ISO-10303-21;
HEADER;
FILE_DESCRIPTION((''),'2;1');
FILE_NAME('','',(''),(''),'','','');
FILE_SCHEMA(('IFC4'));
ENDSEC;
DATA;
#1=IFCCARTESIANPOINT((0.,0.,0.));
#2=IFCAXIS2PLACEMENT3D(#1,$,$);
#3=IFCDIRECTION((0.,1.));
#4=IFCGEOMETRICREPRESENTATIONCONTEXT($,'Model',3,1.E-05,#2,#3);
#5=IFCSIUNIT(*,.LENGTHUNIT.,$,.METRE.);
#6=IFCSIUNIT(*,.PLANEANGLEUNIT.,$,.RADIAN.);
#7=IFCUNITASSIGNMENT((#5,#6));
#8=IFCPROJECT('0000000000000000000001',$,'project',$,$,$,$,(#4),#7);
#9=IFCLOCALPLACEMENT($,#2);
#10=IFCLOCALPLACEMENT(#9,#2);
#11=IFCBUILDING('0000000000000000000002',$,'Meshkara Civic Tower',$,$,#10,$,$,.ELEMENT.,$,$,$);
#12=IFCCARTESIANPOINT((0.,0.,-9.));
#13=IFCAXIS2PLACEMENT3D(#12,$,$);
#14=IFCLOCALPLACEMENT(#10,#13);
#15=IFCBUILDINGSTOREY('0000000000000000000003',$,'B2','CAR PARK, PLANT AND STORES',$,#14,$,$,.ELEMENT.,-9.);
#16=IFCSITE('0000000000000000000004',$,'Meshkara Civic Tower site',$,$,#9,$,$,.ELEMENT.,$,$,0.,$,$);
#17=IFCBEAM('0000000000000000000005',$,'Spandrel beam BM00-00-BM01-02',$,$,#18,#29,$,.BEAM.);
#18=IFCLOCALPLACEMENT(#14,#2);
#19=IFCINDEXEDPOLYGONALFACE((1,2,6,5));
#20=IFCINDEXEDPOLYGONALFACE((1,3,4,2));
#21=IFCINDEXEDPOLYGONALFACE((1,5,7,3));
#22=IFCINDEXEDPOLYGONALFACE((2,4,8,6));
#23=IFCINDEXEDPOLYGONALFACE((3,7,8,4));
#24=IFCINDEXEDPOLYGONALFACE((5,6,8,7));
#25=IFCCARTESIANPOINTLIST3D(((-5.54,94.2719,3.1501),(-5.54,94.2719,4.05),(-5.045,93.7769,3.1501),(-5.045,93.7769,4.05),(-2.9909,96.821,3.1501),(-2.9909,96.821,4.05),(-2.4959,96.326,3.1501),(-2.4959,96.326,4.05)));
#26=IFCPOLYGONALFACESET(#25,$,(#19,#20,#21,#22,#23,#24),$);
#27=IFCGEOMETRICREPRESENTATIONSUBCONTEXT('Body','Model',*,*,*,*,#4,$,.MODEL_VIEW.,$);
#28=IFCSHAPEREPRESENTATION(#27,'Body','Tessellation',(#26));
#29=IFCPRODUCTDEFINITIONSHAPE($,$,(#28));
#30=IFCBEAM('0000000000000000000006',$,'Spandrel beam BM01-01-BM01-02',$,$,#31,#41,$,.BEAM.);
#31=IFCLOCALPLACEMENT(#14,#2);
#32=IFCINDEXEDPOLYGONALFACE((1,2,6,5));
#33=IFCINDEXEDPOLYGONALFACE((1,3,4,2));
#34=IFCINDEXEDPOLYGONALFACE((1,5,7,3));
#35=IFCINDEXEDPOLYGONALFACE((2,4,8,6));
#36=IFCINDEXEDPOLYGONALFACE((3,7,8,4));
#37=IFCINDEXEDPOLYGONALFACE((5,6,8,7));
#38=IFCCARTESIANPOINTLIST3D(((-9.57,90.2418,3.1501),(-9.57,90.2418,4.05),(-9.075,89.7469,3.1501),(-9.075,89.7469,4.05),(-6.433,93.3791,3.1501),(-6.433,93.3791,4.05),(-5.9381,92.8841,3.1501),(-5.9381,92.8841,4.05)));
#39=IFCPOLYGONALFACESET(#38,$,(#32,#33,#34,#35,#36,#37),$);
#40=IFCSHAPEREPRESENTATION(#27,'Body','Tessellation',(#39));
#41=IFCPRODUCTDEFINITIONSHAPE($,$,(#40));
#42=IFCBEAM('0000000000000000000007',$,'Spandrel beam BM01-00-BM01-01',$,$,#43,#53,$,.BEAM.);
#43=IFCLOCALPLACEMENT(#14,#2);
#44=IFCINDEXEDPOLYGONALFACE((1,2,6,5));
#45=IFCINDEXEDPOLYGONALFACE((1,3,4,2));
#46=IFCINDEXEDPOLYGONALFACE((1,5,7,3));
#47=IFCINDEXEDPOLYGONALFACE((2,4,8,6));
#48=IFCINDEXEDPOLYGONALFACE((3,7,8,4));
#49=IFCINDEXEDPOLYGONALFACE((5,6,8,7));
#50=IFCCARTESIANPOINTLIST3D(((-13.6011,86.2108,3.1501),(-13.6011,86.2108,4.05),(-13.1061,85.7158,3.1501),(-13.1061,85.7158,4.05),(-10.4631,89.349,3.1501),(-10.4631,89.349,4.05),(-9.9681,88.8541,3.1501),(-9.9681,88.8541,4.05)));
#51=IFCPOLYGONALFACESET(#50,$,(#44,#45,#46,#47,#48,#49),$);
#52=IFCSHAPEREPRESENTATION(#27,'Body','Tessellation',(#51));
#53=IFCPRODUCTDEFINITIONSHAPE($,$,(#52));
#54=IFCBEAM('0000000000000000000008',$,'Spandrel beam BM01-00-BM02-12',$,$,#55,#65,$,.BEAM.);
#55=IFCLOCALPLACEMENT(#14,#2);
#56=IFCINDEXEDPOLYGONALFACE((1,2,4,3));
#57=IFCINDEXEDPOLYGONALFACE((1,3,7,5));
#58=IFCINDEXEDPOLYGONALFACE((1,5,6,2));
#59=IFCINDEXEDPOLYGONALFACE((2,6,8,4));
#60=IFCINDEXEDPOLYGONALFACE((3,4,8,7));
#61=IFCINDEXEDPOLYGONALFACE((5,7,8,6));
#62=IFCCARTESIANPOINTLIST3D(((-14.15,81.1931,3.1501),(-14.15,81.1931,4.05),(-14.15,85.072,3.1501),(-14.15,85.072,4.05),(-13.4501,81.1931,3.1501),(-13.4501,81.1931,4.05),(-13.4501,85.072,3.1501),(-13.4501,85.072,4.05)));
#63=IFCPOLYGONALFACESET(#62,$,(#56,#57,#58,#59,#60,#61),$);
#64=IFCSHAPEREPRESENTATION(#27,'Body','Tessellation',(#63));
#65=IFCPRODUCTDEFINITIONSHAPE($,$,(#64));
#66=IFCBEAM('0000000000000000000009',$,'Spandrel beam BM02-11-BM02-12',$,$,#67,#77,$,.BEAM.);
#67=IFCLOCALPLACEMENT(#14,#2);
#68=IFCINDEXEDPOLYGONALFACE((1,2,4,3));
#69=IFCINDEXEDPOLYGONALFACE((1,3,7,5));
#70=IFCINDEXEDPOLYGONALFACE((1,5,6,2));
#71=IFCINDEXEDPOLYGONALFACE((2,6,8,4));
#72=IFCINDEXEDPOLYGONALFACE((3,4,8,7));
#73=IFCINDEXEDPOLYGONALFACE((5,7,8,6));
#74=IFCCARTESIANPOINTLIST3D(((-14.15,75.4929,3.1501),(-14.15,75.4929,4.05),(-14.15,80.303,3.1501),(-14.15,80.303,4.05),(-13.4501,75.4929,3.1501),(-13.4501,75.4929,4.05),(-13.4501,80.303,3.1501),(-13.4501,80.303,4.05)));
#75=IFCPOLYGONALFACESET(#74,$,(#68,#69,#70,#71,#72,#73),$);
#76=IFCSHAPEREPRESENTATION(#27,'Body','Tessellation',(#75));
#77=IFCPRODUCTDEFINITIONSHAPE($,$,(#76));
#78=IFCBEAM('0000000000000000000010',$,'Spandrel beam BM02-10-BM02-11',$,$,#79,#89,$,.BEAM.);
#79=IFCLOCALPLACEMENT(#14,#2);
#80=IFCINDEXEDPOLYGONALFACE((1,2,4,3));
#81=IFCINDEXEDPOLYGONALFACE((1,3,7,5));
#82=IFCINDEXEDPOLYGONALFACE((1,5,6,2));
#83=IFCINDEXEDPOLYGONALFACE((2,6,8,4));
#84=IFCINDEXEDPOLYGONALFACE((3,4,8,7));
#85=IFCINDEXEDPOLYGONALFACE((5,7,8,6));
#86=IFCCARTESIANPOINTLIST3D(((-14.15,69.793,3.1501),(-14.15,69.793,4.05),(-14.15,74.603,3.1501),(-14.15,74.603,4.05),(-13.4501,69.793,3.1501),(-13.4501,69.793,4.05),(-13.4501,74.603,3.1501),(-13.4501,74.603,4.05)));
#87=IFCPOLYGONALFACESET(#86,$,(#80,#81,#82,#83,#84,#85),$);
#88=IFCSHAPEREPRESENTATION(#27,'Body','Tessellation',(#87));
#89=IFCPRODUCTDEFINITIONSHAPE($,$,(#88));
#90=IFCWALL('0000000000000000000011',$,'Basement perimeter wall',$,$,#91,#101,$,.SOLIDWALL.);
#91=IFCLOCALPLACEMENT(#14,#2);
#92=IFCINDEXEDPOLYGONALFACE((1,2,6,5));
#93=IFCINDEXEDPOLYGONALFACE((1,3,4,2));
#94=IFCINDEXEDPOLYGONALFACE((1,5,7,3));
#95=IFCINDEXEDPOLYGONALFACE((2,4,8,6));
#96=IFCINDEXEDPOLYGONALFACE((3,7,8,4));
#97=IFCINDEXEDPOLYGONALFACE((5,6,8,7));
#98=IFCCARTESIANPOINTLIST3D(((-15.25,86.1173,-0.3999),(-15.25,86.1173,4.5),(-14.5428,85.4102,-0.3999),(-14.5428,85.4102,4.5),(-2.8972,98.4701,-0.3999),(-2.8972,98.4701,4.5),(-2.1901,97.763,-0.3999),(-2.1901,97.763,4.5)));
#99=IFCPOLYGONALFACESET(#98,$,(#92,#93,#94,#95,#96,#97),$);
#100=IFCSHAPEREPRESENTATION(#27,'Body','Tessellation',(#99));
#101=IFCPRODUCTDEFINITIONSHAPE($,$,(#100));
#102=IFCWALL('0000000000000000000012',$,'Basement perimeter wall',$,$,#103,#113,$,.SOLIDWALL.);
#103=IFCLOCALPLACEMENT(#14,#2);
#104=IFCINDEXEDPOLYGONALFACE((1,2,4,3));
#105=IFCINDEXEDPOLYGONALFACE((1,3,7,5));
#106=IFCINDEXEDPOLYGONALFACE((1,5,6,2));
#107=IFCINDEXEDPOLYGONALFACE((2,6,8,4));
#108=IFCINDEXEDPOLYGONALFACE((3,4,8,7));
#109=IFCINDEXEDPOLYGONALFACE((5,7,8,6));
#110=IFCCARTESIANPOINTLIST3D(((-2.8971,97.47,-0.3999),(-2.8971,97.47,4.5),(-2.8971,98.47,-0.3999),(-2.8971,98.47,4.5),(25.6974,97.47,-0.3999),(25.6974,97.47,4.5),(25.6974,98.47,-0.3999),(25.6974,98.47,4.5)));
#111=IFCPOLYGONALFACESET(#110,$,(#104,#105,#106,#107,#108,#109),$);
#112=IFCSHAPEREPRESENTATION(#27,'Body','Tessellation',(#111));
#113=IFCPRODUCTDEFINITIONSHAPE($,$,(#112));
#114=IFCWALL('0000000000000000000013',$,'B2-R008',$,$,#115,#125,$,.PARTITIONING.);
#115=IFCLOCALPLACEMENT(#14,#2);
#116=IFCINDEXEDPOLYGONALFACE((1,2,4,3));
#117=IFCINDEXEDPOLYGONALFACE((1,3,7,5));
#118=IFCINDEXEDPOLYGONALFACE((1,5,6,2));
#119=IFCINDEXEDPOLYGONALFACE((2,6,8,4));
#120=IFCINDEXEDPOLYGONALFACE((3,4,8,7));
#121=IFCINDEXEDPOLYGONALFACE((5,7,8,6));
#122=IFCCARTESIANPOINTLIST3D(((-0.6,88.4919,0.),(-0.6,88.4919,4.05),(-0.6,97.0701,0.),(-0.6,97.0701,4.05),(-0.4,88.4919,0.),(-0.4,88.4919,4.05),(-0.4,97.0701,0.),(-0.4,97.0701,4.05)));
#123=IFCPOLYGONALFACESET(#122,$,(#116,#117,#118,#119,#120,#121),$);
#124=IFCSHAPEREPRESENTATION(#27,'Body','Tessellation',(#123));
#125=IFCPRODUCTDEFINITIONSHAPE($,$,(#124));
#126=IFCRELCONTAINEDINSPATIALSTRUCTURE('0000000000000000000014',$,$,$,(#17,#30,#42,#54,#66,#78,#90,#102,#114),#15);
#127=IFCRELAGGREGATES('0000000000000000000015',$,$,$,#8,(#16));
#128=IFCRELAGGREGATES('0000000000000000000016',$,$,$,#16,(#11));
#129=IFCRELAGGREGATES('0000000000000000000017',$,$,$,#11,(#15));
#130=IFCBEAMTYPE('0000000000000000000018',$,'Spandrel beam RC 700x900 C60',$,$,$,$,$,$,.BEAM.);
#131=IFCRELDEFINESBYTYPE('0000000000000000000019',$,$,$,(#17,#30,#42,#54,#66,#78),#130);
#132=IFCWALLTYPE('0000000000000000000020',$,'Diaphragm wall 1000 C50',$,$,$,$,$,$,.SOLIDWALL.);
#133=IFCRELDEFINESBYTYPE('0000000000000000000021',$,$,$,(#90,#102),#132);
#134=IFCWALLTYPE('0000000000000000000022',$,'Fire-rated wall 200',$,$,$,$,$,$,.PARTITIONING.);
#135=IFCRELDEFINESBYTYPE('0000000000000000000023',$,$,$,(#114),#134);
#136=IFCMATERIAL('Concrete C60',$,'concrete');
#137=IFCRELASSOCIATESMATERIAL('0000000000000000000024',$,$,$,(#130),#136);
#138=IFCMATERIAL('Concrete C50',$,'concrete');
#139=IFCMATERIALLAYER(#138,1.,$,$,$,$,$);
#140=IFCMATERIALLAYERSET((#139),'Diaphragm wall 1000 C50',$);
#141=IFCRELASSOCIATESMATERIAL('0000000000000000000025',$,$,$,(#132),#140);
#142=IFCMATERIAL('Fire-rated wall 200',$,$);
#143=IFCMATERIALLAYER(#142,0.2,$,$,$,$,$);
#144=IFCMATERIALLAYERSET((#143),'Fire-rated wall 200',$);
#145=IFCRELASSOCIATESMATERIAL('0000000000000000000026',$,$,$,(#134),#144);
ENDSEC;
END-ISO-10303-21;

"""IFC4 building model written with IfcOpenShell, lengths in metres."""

from ifc_helpers import new_model, si_unit, direction, frame, frame_2d, origin, origin_2d, place, context, subcontext, project, spatial, rectangle, extrude, material, layer, layer_set, material_profile, profile_set, type_object, element, save


model = new_model("IFC4")

# Units and contexts
model_context = context("Model", 3, precision=1e-05, world=origin(), true_north=direction((0.0, 1.0)))
body_context = subcontext(model_context, "Body", "Model", "MODEL_VIEW")
ifc_project = project(units=[si_unit("LENGTHUNIT", "METRE"), si_unit("PLANEANGLEUNIT", "RADIAN")], contexts=[model_context])

# Site, building, storey
site_placement = place(None, origin())
site = spatial("IfcSite", under=ifc_project, at=site_placement, Name="Meshkara Civic Tower site", CompositionType="ELEMENT", RefElevation=0.0)
building_placement = place(site_placement, origin())
building = spatial("IfcBuilding", under=site, at=building_placement, Name="Meshkara Civic Tower", CompositionType="ELEMENT")
storey_placement = place(building_placement, frame((0.0, 0.0, -9.0)))
storey = spatial("IfcBuildingStorey", under=building, at=storey_placement, Name="B2", Description="CAR PARK, PLANT AND STORES", CompositionType="ELEMENT", Elevation=-9.0)

# Beams
ifc_material_1 = material(Name="Concrete C60", Category="concrete")
ifc_material_profile_1 = material_profile(ifc_material_1, rectangle(XDim=0.7, YDim=0.8999, at=origin_2d()))
ifc_profile_set_1 = profile_set([ifc_material_profile_1], Name="Concrete C60")
beam_type = type_object("IfcBeamType", Name="Spandrel beam RC 700x900 C60", PredefinedType="BEAM", material=ifc_profile_set_1)
beam_1_placement = place(storey_placement, frame((-2.7434, 96.5735, 3.6001), z_axis=(-0.707107, -0.707107, 0.0), x_axis=(0.707107, -0.707107, 0.0)))
element("IfcBeam", 1, at=beam_1_placement, inside=storey, type_object=beam_type, Name="Spandrel beam BM00-00-BM01-02", PredefinedType="BEAM", context=body_context, shape_type="SweptSolid", body=[
    extrude(rectangle(XDim=0.7, YDim=0.8999, at=origin_2d()), origin(), (0.0, 0.0, 1.0), 3.605),
])
beam_2_placement = place(storey_placement, frame((-6.1855, 93.1316, 3.6001), z_axis=(-0.707079, -0.707134, 0.0), x_axis=(0.707134, -0.707079, 0.0)))
element("IfcBeam", 2, at=beam_2_placement, inside=storey, type_object=beam_type, Name="Spandrel beam BM01-01-BM01-02", PredefinedType="BEAM", context=body_context, shape_type="SweptSolid", body=[
    extrude(rectangle(XDim=0.7, YDim=0.8999, at=origin_2d()), origin(), (0.0, 0.0, 1.0), 4.4365),
])
beam_3_placement = place(storey_placement, frame((-10.2156, 89.1016, 3.6001), z_axis=(-0.707079, -0.707134, 0.0), x_axis=(0.707134, -0.707079, 0.0)))
element("IfcBeam", 3, at=beam_3_placement, inside=storey, type_object=beam_type, Name="Spandrel beam BM01-00-BM01-01", PredefinedType="BEAM", context=body_context, shape_type="SweptSolid", body=[
    extrude(rectangle(XDim=0.7, YDim=0.8999, at=origin_2d()), origin(), (0.0, 0.0, 1.0), 4.438),
])
beam_4_placement = place(storey_placement, frame((-13.8, 85.072, 3.6001), z_axis=(0.0, -1.0, 0.0), x_axis=(1.0, 0.0, 0.0)))
element("IfcBeam", 4, at=beam_4_placement, inside=storey, type_object=beam_type, Name="Spandrel beam BM01-00-BM02-12", PredefinedType="BEAM", context=body_context, shape_type="SweptSolid", body=[
    extrude(rectangle(XDim=0.7, YDim=0.8999, at=origin_2d()), origin(), (0.0, 0.0, 1.0), 3.8789),
])
for number, where, z_axis, x_axis, name in (
    (5, (-13.8, 80.303, 3.6001), (0.0, -1.0, 0.0), (1.0, 0.0, 0.0), "Spandrel beam BM02-11-BM02-12"),
    (6, (-13.8, 74.603, 3.6001), (0.0, -1.0, 0.0), (1.0, 0.0, 0.0), "Spandrel beam BM02-10-BM02-11"),
):
    element("IfcBeam", number, at=place(storey_placement, frame(where, z_axis=z_axis, x_axis=x_axis)), inside=storey, type_object=beam_type, Name=name, PredefinedType="BEAM", context=body_context, shape_type="SweptSolid", body=[
        extrude(rectangle(XDim=0.7, YDim=0.8999, at=origin_2d()), origin(), (0.0, 0.0, 1.0), 4.8101),
    ])

# Walls
ifc_material_2 = material(Name="Concrete C50", Category="concrete")
ifc_layer_1 = layer(ifc_material_2, 1.0)
ifc_layer_set_1 = layer_set([ifc_layer_1], Name="Diaphragm wall 1000 C50")
wall_type_1 = type_object("IfcWallType", Name="Diaphragm wall 1000 C50", PredefinedType="SOLIDWALL", material=ifc_layer_set_1)
wall_1_placement = place(storey_placement, frame((-14.8965, 85.7637, -0.3999), z_axis=(0.0, 0.0, 1.0), x_axis=(0.707107, 0.707107, 0.0)))
element("IfcWall", 7, at=wall_1_placement, inside=storey, type_object=wall_type_1, Name="Basement perimeter wall", PredefinedType="SOLIDWALL", context=body_context, shape_type="SweptSolid", body=[
    extrude(rectangle(XDim=17.4695, YDim=1.0, at=frame_2d((8.7349, 0.0))), origin(), (0.0, 0.0, 1.0), 4.8999),
])
wall_2_placement = place(storey_placement, frame((-2.8972, 97.97, -0.3999), z_axis=(0.0, 0.0, 1.0), x_axis=(1.0, 0.0, 0.0)))
element("IfcWall", 8, at=wall_2_placement, inside=storey, type_object=wall_type_1, Name="Basement perimeter wall", PredefinedType="SOLIDWALL", context=body_context, shape_type="SweptSolid", body=[
    extrude(rectangle(XDim=28.5945, YDim=1.0, at=frame_2d((14.2974, 0.0))), origin(), (0.0, 0.0, 1.0), 4.8999),
])
ifc_material_3 = material(Name="Fire-rated wall 200")
ifc_layer_2 = layer(ifc_material_3, 0.2)
ifc_layer_set_2 = layer_set([ifc_layer_2], Name="Fire-rated wall 200")
wall_type_2 = type_object("IfcWallType", Name="Fire-rated wall 200", PredefinedType="PARTITIONING", material=ifc_layer_set_2)
wall_3_placement = place(storey_placement, frame((-0.5, 88.4919, 0.0), z_axis=(0.0, 0.0, 1.0), x_axis=(0.0, 1.0, 0.0)))
element("IfcWall", 9, at=wall_3_placement, inside=storey, type_object=wall_type_2, Name="B2-R008", PredefinedType="PARTITIONING", context=body_context, shape_type="SweptSolid", body=[
    extrude(rectangle(XDim=8.5781, YDim=0.2, at=frame_2d((4.2891, 0.0))), origin(), (0.0, 0.0, 1.0), 4.05),
])

save(model, "model.ifc")
